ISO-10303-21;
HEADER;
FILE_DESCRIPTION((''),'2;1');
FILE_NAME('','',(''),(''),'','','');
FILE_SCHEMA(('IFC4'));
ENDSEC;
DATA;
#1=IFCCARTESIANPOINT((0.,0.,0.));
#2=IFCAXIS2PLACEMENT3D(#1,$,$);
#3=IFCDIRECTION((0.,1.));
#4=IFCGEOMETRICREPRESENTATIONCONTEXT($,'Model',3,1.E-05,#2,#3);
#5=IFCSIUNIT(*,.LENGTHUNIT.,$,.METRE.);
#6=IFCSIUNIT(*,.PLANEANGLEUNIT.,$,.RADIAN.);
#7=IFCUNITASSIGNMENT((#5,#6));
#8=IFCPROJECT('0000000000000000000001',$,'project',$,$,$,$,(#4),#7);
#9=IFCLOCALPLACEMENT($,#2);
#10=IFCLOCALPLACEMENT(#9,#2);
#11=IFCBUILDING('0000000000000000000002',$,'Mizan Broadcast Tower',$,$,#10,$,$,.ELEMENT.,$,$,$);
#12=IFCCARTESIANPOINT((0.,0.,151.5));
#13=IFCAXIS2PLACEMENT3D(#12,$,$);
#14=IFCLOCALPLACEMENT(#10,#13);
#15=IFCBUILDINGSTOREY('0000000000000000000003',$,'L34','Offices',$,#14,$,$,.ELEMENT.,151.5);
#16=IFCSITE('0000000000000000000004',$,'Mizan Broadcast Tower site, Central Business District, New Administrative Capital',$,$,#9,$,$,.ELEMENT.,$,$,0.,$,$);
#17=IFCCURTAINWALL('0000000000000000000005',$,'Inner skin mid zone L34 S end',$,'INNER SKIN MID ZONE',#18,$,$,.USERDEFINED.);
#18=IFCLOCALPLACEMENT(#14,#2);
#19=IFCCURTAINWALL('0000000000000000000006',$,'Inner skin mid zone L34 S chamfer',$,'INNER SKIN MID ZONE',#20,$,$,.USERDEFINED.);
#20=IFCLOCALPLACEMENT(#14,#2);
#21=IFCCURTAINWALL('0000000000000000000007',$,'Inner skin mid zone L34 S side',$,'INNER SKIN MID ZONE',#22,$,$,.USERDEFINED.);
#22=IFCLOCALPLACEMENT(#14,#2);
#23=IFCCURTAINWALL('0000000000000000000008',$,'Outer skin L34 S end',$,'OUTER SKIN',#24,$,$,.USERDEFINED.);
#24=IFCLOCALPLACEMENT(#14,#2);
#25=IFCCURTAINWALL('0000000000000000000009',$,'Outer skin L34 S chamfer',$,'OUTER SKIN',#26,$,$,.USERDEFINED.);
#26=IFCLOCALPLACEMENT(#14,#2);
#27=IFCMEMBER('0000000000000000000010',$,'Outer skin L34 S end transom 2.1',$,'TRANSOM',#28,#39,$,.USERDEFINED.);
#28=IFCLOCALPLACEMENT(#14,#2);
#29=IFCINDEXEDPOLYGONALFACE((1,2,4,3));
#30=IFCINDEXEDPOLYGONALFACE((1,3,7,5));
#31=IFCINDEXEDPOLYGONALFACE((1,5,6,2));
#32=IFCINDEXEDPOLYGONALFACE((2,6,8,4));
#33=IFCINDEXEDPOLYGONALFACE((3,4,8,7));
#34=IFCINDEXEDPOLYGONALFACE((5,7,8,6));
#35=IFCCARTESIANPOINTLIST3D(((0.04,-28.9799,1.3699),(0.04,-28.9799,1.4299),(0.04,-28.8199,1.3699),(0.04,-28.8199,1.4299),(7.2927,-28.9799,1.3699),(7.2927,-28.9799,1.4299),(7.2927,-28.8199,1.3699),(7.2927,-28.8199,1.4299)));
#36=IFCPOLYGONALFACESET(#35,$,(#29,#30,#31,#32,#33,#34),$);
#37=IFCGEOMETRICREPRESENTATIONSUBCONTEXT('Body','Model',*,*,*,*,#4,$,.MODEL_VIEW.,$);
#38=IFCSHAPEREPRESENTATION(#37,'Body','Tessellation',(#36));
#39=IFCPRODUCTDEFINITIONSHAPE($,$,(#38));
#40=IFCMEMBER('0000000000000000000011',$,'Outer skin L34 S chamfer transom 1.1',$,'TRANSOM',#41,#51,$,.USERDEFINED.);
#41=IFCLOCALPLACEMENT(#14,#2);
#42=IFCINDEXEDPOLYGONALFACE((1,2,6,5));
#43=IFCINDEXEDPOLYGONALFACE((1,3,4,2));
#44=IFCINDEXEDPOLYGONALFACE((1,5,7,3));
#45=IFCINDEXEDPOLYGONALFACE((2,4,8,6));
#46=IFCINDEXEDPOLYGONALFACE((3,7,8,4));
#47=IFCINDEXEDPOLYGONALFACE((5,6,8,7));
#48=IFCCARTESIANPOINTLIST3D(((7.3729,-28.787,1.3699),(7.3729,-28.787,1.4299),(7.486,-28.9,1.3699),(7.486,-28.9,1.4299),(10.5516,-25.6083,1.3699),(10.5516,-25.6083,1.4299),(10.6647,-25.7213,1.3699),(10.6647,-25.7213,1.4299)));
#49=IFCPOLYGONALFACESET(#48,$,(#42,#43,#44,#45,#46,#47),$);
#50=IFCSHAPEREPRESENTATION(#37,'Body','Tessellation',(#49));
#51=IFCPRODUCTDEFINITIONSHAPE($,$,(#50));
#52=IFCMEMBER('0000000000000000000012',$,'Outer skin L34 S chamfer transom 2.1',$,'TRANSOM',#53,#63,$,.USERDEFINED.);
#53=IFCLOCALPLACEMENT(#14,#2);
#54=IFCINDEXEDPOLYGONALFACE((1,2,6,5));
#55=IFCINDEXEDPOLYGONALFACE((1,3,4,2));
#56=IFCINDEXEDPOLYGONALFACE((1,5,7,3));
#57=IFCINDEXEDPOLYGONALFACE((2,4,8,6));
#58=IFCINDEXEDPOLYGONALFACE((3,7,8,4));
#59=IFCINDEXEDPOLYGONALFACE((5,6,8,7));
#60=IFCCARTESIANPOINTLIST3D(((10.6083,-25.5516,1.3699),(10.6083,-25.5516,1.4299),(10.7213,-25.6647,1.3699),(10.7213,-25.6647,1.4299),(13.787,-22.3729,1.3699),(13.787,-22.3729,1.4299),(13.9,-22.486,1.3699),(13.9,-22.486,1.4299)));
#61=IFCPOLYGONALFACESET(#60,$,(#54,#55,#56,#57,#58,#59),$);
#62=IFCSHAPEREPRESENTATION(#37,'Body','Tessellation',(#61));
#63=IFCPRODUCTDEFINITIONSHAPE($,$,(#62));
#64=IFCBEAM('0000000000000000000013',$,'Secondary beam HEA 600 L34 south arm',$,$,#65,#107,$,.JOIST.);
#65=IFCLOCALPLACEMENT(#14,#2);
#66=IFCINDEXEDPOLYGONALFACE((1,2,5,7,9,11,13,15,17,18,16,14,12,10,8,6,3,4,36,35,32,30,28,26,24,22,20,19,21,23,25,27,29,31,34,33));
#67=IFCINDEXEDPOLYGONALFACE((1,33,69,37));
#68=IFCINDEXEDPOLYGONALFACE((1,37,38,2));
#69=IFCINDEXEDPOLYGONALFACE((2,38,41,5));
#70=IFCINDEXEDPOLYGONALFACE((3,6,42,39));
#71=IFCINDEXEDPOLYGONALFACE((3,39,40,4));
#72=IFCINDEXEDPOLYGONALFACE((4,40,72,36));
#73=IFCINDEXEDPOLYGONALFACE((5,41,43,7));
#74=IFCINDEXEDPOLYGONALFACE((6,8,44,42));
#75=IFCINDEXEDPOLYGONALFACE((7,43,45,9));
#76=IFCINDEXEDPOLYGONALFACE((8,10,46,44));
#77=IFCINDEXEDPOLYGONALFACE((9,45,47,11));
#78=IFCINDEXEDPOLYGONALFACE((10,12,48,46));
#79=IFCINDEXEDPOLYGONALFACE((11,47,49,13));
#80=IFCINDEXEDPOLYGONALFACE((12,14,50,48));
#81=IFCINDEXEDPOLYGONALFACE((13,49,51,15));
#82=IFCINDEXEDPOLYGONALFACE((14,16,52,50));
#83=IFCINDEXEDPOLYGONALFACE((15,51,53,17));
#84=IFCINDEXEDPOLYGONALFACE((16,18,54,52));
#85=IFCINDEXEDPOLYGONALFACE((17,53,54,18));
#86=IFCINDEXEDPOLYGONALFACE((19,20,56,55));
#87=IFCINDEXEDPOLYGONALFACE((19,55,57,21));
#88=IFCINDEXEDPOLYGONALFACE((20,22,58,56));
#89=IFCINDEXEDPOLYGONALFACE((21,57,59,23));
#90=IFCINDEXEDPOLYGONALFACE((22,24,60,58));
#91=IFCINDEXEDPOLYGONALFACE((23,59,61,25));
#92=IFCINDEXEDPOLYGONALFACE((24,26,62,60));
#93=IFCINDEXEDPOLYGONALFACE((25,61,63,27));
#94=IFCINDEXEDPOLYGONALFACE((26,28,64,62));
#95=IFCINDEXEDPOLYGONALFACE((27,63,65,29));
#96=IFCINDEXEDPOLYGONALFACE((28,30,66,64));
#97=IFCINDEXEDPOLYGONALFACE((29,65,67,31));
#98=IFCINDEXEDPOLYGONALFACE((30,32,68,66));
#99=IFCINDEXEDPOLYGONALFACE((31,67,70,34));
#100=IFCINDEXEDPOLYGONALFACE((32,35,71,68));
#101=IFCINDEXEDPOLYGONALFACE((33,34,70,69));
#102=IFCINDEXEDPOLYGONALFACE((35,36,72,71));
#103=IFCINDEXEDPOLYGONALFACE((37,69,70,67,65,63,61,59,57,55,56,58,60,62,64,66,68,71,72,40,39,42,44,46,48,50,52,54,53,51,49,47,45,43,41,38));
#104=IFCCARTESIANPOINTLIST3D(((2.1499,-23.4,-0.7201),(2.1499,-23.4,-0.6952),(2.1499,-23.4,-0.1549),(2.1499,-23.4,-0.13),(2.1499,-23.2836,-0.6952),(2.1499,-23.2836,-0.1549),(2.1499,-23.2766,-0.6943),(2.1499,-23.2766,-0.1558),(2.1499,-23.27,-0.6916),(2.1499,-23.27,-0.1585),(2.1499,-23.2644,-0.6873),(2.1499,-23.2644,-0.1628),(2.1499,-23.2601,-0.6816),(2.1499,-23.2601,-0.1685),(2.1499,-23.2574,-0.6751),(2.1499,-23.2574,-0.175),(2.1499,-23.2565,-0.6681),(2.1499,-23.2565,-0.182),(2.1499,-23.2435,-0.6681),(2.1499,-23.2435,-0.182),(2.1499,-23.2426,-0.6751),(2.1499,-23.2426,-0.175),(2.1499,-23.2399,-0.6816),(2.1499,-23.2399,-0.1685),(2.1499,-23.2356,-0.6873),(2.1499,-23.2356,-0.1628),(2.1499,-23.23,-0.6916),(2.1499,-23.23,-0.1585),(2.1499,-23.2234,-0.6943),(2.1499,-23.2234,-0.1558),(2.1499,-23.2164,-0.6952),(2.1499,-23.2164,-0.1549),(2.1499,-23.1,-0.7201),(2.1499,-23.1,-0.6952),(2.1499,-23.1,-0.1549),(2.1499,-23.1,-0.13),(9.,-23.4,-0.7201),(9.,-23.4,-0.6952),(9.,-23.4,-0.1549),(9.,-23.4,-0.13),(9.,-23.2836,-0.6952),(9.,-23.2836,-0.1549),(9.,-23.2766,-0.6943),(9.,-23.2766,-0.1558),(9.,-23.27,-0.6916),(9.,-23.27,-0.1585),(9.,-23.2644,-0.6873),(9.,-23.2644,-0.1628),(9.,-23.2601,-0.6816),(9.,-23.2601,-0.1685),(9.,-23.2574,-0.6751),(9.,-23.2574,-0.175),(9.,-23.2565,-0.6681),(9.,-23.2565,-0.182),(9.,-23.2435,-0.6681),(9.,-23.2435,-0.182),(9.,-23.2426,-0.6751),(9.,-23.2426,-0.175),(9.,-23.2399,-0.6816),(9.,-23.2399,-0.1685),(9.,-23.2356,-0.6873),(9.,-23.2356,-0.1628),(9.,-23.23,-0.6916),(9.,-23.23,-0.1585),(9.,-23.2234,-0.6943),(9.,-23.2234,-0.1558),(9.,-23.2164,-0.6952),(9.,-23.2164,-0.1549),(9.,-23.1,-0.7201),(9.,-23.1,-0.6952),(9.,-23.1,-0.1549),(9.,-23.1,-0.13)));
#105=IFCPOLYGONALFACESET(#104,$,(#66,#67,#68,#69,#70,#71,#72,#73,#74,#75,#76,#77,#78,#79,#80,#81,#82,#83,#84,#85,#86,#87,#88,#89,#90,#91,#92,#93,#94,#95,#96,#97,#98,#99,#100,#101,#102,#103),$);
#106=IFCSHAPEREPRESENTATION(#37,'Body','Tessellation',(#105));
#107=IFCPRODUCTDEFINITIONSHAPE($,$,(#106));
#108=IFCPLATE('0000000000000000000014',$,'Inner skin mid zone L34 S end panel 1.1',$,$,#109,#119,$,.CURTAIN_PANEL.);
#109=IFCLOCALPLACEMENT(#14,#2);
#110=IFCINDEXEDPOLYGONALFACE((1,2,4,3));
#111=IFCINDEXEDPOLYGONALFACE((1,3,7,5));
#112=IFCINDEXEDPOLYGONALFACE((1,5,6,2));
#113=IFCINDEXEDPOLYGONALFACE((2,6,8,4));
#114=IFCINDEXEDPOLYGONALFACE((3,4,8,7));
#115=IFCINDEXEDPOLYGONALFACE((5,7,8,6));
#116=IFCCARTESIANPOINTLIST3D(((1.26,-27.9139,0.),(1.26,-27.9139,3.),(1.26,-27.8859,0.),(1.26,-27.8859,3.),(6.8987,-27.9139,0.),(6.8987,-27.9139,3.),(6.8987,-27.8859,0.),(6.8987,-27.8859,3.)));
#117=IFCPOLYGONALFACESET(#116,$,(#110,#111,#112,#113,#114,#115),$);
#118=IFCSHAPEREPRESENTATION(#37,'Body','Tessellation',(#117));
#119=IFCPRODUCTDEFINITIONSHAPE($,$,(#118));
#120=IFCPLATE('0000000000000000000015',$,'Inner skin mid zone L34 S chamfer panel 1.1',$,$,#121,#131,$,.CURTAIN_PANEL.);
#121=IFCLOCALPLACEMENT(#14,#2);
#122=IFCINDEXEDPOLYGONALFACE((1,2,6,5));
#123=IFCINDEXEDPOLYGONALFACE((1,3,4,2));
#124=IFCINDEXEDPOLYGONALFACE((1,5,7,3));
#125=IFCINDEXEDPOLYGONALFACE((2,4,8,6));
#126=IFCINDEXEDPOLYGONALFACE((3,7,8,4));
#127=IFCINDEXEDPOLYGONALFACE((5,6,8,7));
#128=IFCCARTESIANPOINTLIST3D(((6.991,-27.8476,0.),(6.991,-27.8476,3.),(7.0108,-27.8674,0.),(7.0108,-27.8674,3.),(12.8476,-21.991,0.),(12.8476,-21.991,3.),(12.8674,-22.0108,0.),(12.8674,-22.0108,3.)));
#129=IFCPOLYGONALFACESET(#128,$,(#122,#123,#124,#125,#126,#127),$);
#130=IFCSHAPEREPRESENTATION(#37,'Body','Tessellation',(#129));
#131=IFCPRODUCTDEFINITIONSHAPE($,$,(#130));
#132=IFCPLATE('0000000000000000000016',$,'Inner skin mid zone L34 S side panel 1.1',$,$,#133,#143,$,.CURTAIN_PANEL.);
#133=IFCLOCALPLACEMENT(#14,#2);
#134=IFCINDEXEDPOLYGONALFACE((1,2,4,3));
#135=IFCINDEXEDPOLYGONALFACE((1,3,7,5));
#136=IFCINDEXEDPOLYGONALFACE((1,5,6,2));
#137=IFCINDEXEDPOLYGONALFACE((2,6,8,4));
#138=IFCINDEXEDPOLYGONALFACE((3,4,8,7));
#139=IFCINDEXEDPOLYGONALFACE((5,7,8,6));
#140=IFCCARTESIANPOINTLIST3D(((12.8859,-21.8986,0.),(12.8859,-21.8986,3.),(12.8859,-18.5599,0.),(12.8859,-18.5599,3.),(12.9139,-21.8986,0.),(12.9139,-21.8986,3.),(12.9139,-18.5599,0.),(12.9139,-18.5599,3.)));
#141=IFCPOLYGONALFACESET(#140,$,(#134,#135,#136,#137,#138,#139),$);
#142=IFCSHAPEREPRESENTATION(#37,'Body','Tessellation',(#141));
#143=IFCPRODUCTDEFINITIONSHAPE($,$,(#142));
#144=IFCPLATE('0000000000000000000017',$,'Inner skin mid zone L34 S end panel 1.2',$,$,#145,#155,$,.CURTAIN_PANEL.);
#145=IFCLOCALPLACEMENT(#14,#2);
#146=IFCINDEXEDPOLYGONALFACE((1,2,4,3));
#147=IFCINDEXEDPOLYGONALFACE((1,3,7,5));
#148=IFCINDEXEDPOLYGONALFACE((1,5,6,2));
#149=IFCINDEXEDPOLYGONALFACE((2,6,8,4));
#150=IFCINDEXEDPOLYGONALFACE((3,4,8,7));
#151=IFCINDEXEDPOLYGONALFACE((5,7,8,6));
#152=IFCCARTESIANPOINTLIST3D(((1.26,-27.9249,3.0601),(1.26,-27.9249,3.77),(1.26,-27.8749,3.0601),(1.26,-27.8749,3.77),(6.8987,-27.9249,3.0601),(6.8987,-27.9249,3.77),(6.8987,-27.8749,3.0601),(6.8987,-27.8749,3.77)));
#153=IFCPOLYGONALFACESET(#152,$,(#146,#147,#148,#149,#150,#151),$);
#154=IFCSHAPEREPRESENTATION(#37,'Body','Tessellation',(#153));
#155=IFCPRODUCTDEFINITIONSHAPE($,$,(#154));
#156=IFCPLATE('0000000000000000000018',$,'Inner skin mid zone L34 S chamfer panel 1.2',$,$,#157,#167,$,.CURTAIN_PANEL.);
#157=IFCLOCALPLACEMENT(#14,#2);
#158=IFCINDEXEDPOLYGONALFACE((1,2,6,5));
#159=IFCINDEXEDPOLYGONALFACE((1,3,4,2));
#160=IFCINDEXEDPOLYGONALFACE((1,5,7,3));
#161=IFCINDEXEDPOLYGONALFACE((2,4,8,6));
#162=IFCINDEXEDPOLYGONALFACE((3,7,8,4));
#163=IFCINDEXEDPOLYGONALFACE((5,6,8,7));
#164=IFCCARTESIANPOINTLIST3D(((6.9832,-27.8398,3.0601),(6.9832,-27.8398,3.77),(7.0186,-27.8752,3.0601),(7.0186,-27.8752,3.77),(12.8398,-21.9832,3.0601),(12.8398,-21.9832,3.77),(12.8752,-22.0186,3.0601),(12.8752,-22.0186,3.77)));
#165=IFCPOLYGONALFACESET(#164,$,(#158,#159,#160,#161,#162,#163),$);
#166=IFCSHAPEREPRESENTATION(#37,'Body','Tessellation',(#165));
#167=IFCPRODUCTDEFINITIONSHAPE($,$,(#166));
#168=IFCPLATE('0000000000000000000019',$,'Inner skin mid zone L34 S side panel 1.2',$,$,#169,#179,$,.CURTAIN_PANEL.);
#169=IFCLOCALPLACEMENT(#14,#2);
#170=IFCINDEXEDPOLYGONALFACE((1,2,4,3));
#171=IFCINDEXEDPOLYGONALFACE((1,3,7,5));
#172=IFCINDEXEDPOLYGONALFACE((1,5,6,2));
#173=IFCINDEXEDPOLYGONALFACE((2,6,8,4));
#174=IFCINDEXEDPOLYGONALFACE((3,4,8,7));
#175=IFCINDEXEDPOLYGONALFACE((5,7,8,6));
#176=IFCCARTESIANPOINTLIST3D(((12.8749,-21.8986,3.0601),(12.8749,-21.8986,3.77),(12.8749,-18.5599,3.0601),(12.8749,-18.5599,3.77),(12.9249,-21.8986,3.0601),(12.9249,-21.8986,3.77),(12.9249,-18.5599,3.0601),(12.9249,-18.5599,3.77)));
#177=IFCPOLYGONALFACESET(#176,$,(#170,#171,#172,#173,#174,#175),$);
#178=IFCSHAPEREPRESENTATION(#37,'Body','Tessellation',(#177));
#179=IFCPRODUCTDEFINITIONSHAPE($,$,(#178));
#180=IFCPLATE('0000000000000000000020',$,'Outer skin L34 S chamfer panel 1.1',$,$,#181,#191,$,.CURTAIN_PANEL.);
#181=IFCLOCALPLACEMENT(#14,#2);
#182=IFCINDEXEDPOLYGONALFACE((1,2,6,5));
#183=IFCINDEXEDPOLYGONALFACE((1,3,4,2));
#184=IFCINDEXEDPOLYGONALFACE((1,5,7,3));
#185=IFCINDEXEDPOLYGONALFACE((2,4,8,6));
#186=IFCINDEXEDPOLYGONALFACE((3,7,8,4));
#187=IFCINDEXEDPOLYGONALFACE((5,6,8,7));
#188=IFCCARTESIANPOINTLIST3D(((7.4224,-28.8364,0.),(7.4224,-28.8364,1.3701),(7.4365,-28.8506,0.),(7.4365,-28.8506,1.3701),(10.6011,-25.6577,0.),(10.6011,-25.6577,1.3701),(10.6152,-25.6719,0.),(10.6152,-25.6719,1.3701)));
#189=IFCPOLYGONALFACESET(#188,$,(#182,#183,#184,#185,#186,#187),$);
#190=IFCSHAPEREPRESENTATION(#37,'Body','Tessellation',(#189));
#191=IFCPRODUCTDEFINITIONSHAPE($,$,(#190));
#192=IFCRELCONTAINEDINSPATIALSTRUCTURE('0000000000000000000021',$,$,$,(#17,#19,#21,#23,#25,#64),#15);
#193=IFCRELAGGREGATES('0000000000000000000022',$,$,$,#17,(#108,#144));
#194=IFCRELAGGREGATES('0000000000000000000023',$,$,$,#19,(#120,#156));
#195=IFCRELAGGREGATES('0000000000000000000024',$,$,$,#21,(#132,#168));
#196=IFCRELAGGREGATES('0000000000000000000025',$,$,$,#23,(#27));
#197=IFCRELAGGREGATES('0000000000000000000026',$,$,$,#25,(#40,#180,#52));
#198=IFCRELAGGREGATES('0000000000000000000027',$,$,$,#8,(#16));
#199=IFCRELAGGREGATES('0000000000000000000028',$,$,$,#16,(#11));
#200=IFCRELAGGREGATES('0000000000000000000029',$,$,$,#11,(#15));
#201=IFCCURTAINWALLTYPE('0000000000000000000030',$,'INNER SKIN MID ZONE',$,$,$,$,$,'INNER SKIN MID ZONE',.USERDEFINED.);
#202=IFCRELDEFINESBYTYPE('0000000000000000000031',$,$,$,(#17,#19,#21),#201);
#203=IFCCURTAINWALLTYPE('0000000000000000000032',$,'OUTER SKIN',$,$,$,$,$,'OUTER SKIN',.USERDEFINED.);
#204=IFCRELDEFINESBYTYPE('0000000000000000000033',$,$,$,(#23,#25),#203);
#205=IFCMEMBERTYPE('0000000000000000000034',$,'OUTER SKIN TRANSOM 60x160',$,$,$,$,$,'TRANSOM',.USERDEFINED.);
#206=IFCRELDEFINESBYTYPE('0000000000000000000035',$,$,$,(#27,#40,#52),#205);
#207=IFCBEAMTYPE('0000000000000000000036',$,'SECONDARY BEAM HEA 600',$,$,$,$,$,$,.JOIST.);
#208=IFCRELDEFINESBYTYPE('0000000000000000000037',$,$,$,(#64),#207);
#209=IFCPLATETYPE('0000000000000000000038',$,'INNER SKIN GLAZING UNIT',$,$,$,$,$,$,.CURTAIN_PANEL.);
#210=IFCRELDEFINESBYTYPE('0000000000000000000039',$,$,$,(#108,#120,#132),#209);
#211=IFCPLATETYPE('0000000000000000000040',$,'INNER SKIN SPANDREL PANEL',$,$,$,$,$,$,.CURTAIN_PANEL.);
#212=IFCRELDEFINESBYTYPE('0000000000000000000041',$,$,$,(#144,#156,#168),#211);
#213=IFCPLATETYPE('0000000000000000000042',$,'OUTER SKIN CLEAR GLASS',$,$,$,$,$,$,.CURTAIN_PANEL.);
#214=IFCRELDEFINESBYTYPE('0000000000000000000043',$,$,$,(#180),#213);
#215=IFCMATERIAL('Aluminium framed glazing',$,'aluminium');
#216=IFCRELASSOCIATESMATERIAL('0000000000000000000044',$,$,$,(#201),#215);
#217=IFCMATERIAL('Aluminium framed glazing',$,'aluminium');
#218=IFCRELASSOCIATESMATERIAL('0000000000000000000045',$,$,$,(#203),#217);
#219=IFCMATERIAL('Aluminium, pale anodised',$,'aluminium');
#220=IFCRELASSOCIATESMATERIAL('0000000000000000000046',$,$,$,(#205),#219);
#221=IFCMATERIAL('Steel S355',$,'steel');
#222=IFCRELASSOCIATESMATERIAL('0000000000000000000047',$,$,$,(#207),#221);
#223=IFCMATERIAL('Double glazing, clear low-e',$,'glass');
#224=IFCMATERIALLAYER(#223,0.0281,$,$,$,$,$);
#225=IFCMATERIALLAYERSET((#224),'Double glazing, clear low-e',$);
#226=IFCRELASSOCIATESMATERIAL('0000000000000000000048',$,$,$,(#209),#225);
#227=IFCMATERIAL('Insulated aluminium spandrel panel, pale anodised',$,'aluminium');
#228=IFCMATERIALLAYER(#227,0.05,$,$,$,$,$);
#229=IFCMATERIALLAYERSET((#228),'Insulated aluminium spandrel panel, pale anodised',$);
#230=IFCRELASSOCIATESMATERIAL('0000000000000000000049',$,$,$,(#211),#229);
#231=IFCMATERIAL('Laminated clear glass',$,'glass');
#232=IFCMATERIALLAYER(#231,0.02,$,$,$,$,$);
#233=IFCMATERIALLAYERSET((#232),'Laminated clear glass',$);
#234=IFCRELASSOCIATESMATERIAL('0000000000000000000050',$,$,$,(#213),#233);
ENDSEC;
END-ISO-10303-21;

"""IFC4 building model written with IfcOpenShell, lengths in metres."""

from ifc_helpers import new_model, si_unit, direction, frame, origin, origin_2d, place, context, subcontext, project, spatial, rectangle, i_section, extrude, material, layer, layer_set, material_profile, profile_set, type_object, element, aggregate, save


model = new_model("IFC4")

# Units and contexts
model_context = context("Model", 3, precision=1e-05, world=origin(), true_north=direction((0.0, 1.0)))
body_context = subcontext(model_context, "Body", "Model", "MODEL_VIEW")
ifc_project = project(units=[si_unit("LENGTHUNIT", "METRE"), si_unit("PLANEANGLEUNIT", "RADIAN")], contexts=[model_context])

# Site, building, storey
site_placement = place(None, origin())
site = spatial("IfcSite", under=ifc_project, at=site_placement, Name="Mizan Broadcast Tower site, Central Business District, New Administrative Capital", CompositionType="ELEMENT", RefElevation=0.0)
building_placement = place(site_placement, origin())
building = spatial("IfcBuilding", under=site, at=building_placement, Name="Mizan Broadcast Tower", CompositionType="ELEMENT")
storey_placement = place(building_placement, frame((0.0, 0.0, 151.5)))
storey = spatial("IfcBuildingStorey", under=building, at=storey_placement, Name="L34", Description="Offices", CompositionType="ELEMENT", Elevation=151.5)

# Curtain wall
ifc_material_1 = material(Name="Aluminium framed glazing", Category="aluminium")
curtain_wall_type_1 = type_object("IfcCurtainWallType", Name="INNER SKIN MID ZONE", ElementType="INNER SKIN MID ZONE", PredefinedType="USERDEFINED", material=ifc_material_1)
curtain_wall_1_placement = place(storey_placement, origin())
curtain_wall_1 = element("IfcCurtainWall", 1, at=curtain_wall_1_placement, inside=storey, type_object=curtain_wall_type_1, Name="Inner skin mid zone L34 S end", ObjectType="INNER SKIN MID ZONE", PredefinedType="USERDEFINED")

# Curtain wall
curtain_wall_2_placement = place(storey_placement, origin())
curtain_wall_2 = element("IfcCurtainWall", 2, at=curtain_wall_2_placement, inside=storey, type_object=curtain_wall_type_1, Name="Inner skin mid zone L34 S chamfer", ObjectType="INNER SKIN MID ZONE", PredefinedType="USERDEFINED")

# Curtain wall
curtain_wall_3_placement = place(storey_placement, origin())
curtain_wall_3 = element("IfcCurtainWall", 3, at=curtain_wall_3_placement, inside=storey, type_object=curtain_wall_type_1, Name="Inner skin mid zone L34 S side", ObjectType="INNER SKIN MID ZONE", PredefinedType="USERDEFINED")

# Curtain wall
ifc_material_2 = material(Name="Aluminium framed glazing", Category="aluminium")
curtain_wall_type_2 = type_object("IfcCurtainWallType", Name="OUTER SKIN", ElementType="OUTER SKIN", PredefinedType="USERDEFINED", material=ifc_material_2)
curtain_wall_4_placement = place(storey_placement, origin())
curtain_wall_4 = element("IfcCurtainWall", 4, at=curtain_wall_4_placement, inside=storey, type_object=curtain_wall_type_2, Name="Outer skin L34 S end", ObjectType="OUTER SKIN", PredefinedType="USERDEFINED")

# Curtain wall
curtain_wall_5_placement = place(storey_placement, origin())
curtain_wall_5 = element("IfcCurtainWall", 5, at=curtain_wall_5_placement, inside=storey, type_object=curtain_wall_type_2, Name="Outer skin L34 S chamfer", ObjectType="OUTER SKIN", PredefinedType="USERDEFINED")

# Members
ifc_material_3 = material(Name="Aluminium, pale anodised", Category="aluminium")
ifc_material_profile_1 = material_profile(ifc_material_3, rectangle(XDim=0.1599, YDim=0.0601, at=origin_2d()), Name="TRANSOM 160x60")
ifc_profile_set_1 = profile_set([ifc_material_profile_1], Name="Aluminium, pale anodised")
member_type_1 = type_object("IfcMemberType", Name="OUTER SKIN TRANSOM 60x160", ElementType="TRANSOM", PredefinedType="USERDEFINED", material=ifc_profile_set_1)
member_1_placement = place(storey_placement, frame((0.04, -28.8999, 1.3999), z_axis=(1.0, 0.0, 0.0), x_axis=(0.0, 1.0, 0.0)))
member_1 = element("IfcMember", 6, at=member_1_placement, type_object=member_type_1, Name="Outer skin L34 S end transom 2.1", ObjectType="TRANSOM", PredefinedType="USERDEFINED", context=body_context, shape_type="SweptSolid", body=[
    extrude(rectangle(XDim=0.1599, YDim=0.0601, at=origin_2d()), origin(), (0.0, 0.0, 1.0), 7.2527),
])
member_2_placement = place(storey_placement, frame((7.4294, -28.8435, 1.3999), z_axis=(0.707107, 0.707107, 0.0), x_axis=(-0.707107, 0.707107, 0.0)))
member_2 = element("IfcMember", 7, at=member_2_placement, type_object=member_type_1, Name="Outer skin L34 S chamfer transom 1.1", ObjectType="TRANSOM", PredefinedType="USERDEFINED", context=body_context, shape_type="SweptSolid", body=[
    extrude(rectangle(XDim=0.1599, YDim=0.0601, at=origin_2d()), origin(), (0.0, 0.0, 1.0), 4.4954),
])
member_3_placement = place(storey_placement, frame((10.6648, -25.6082, 1.3999), z_axis=(0.707107, 0.707107, 0.0), x_axis=(-0.707107, 0.707107, 0.0)))
member_3 = element("IfcMember", 8, at=member_3_placement, type_object=member_type_1, Name="Outer skin L34 S chamfer transom 2.1", ObjectType="TRANSOM", PredefinedType="USERDEFINED", context=body_context, shape_type="SweptSolid", body=[
    extrude(rectangle(XDim=0.1599, YDim=0.0601, at=origin_2d()), origin(), (0.0, 0.0, 1.0), 4.4954),
])

# Beam
ifc_material_4 = material(Name="Steel S355", Category="steel")
ifc_material_profile_2 = material_profile(ifc_material_4, i_section(OverallWidth=0.3, OverallDepth=0.5901, WebThickness=0.0129, FlangeThickness=0.0249, FilletRadius=0.0271, at=origin_2d()), Name="HEA 600")
ifc_profile_set_2 = profile_set([ifc_material_profile_2], Name="Steel S355")
beam_type_1 = type_object("IfcBeamType", Name="SECONDARY BEAM HEA 600", PredefinedType="JOIST", material=ifc_profile_set_2)
beam_1_placement = place(storey_placement, frame((9.0, -23.25, -0.425), z_axis=(-1.0, 0.0, 0.0), x_axis=(0.0, -1.0, 0.0)))
element("IfcBeam", 9, at=beam_1_placement, inside=storey, type_object=beam_type_1, Name="Secondary beam HEA 600 L34 south arm", PredefinedType="JOIST", context=body_context, shape_type="SweptSolid", body=[
    extrude(i_section(OverallWidth=0.3, OverallDepth=0.5901, WebThickness=0.0129, FlangeThickness=0.0249, FilletRadius=0.0271, at=origin_2d()), origin(), (0.0, 0.0, 1.0), 6.8501),
])

# Plates
ifc_material_5 = material(Name="Double glazing, clear low-e", Category="glass")
ifc_layer_1 = layer(ifc_material_5, 0.0281)
ifc_layer_set_1 = layer_set([ifc_layer_1], Name="Double glazing, clear low-e")
plate_type_1 = type_object("IfcPlateType", Name="INNER SKIN GLAZING UNIT", PredefinedType="CURTAIN_PANEL", material=ifc_layer_set_1)
plate_1_placement = place(storey_placement, frame((4.0793, -27.8999, 0.0), z_axis=(0.0, 0.0, 1.0), x_axis=(1.0, 0.0, 0.0)))
plate_1 = element("IfcPlate", 10, at=plate_1_placement, type_object=plate_type_1, Name="Inner skin mid zone L34 S end panel 1.1", PredefinedType="CURTAIN_PANEL", context=body_context, shape_type="SweptSolid", body=[
    extrude(rectangle(XDim=5.6387, YDim=0.0281, at=origin_2d()), origin(), (0.0, 0.0, 1.0), 3.0),
])
plate_2_placement = place(storey_placement, frame((9.9292, -24.9292, 0.0), z_axis=(0.0, 0.0, 1.0), x_axis=(0.707107, 0.707107, 0.0)))
plate_2 = element("IfcPlate", 11, at=plate_2_placement, type_object=plate_type_1, Name="Inner skin mid zone L34 S chamfer panel 1.1", PredefinedType="CURTAIN_PANEL", context=body_context, shape_type="SweptSolid", body=[
    extrude(rectangle(XDim=8.2825, YDim=0.0281, at=origin_2d()), origin(), (0.0, 0.0, 1.0), 3.0),
])
plate_3_placement = place(storey_placement, frame((12.8999, -20.2292, 0.0), z_axis=(0.0, 0.0, 1.0), x_axis=(0.0, 1.0, 0.0)))
plate_3 = element("IfcPlate", 12, at=plate_3_placement, type_object=plate_type_1, Name="Inner skin mid zone L34 S side panel 1.1", PredefinedType="CURTAIN_PANEL", context=body_context, shape_type="SweptSolid", body=[
    extrude(rectangle(XDim=3.3386, YDim=0.0281, at=origin_2d()), origin(), (0.0, 0.0, 1.0), 3.0),
])
ifc_material_6 = material(Name="Insulated aluminium spandrel panel, pale anodised", Category="aluminium")
ifc_layer_2 = layer(ifc_material_6, 0.05)
ifc_layer_set_2 = layer_set([ifc_layer_2], Name="Insulated aluminium spandrel panel, pale anodised")
plate_type_2 = type_object("IfcPlateType", Name="INNER SKIN SPANDREL PANEL", PredefinedType="CURTAIN_PANEL", material=ifc_layer_set_2)
plate_4_placement = place(storey_placement, frame((4.0793, -27.8999, 3.0601), z_axis=(0.0, 0.0, 1.0), x_axis=(1.0, 0.0, 0.0)))
plate_4 = element("IfcPlate", 13, at=plate_4_placement, type_object=plate_type_2, Name="Inner skin mid zone L34 S end panel 1.2", PredefinedType="CURTAIN_PANEL", context=body_context, shape_type="SweptSolid", body=[
    extrude(rectangle(XDim=5.6387, YDim=0.05, at=origin_2d()), origin(), (0.0, 0.0, 1.0), 0.71),
])
aggregate(curtain_wall_1, [plate_1, plate_4])
plate_5_placement = place(storey_placement, frame((9.9292, -24.9292, 3.0601), z_axis=(0.0, 0.0, 1.0), x_axis=(0.707107, 0.707107, 0.0)))
plate_5 = element("IfcPlate", 14, at=plate_5_placement, type_object=plate_type_2, Name="Inner skin mid zone L34 S chamfer panel 1.2", PredefinedType="CURTAIN_PANEL", context=body_context, shape_type="SweptSolid", body=[
    extrude(rectangle(XDim=8.2825, YDim=0.05, at=origin_2d()), origin(), (0.0, 0.0, 1.0), 0.71),
])
aggregate(curtain_wall_2, [plate_2, plate_5])
plate_6_placement = place(storey_placement, frame((12.8999, -20.2292, 3.0601), z_axis=(0.0, 0.0, 1.0), x_axis=(0.0, 1.0, 0.0)))
plate_6 = element("IfcPlate", 15, at=plate_6_placement, type_object=plate_type_2, Name="Inner skin mid zone L34 S side panel 1.2", PredefinedType="CURTAIN_PANEL", context=body_context, shape_type="SweptSolid", body=[
    extrude(rectangle(XDim=3.3386, YDim=0.05, at=origin_2d()), origin(), (0.0, 0.0, 1.0), 0.71),
])
aggregate(curtain_wall_3, [plate_3, plate_6])
ifc_material_7 = material(Name="Laminated clear glass", Category="glass")
ifc_layer_3 = layer(ifc_material_7, 0.02)
ifc_layer_set_3 = layer_set([ifc_layer_3], Name="Laminated clear glass")
plate_type_3 = type_object("IfcPlateType", Name="OUTER SKIN CLEAR GLASS", PredefinedType="CURTAIN_PANEL", material=ifc_layer_set_3)
plate_7_placement = place(storey_placement, frame((9.0188, -27.2542, 0.0), z_axis=(0.0, 0.0, 1.0), x_axis=(0.707107, 0.707107, 0.0)))
plate_7 = element("IfcPlate", 16, at=plate_7_placement, type_object=plate_type_3, Name="Outer skin L34 S chamfer panel 1.1", PredefinedType="CURTAIN_PANEL", context=body_context, shape_type="SweptSolid", body=[
    extrude(rectangle(XDim=4.4954, YDim=0.02, at=origin_2d()), origin(), (0.0, 0.0, 1.0), 1.3701),
])
aggregate(curtain_wall_4, [member_1])
aggregate(curtain_wall_5, [member_2, plate_7, member_3])

save(model, "model.ifc")
